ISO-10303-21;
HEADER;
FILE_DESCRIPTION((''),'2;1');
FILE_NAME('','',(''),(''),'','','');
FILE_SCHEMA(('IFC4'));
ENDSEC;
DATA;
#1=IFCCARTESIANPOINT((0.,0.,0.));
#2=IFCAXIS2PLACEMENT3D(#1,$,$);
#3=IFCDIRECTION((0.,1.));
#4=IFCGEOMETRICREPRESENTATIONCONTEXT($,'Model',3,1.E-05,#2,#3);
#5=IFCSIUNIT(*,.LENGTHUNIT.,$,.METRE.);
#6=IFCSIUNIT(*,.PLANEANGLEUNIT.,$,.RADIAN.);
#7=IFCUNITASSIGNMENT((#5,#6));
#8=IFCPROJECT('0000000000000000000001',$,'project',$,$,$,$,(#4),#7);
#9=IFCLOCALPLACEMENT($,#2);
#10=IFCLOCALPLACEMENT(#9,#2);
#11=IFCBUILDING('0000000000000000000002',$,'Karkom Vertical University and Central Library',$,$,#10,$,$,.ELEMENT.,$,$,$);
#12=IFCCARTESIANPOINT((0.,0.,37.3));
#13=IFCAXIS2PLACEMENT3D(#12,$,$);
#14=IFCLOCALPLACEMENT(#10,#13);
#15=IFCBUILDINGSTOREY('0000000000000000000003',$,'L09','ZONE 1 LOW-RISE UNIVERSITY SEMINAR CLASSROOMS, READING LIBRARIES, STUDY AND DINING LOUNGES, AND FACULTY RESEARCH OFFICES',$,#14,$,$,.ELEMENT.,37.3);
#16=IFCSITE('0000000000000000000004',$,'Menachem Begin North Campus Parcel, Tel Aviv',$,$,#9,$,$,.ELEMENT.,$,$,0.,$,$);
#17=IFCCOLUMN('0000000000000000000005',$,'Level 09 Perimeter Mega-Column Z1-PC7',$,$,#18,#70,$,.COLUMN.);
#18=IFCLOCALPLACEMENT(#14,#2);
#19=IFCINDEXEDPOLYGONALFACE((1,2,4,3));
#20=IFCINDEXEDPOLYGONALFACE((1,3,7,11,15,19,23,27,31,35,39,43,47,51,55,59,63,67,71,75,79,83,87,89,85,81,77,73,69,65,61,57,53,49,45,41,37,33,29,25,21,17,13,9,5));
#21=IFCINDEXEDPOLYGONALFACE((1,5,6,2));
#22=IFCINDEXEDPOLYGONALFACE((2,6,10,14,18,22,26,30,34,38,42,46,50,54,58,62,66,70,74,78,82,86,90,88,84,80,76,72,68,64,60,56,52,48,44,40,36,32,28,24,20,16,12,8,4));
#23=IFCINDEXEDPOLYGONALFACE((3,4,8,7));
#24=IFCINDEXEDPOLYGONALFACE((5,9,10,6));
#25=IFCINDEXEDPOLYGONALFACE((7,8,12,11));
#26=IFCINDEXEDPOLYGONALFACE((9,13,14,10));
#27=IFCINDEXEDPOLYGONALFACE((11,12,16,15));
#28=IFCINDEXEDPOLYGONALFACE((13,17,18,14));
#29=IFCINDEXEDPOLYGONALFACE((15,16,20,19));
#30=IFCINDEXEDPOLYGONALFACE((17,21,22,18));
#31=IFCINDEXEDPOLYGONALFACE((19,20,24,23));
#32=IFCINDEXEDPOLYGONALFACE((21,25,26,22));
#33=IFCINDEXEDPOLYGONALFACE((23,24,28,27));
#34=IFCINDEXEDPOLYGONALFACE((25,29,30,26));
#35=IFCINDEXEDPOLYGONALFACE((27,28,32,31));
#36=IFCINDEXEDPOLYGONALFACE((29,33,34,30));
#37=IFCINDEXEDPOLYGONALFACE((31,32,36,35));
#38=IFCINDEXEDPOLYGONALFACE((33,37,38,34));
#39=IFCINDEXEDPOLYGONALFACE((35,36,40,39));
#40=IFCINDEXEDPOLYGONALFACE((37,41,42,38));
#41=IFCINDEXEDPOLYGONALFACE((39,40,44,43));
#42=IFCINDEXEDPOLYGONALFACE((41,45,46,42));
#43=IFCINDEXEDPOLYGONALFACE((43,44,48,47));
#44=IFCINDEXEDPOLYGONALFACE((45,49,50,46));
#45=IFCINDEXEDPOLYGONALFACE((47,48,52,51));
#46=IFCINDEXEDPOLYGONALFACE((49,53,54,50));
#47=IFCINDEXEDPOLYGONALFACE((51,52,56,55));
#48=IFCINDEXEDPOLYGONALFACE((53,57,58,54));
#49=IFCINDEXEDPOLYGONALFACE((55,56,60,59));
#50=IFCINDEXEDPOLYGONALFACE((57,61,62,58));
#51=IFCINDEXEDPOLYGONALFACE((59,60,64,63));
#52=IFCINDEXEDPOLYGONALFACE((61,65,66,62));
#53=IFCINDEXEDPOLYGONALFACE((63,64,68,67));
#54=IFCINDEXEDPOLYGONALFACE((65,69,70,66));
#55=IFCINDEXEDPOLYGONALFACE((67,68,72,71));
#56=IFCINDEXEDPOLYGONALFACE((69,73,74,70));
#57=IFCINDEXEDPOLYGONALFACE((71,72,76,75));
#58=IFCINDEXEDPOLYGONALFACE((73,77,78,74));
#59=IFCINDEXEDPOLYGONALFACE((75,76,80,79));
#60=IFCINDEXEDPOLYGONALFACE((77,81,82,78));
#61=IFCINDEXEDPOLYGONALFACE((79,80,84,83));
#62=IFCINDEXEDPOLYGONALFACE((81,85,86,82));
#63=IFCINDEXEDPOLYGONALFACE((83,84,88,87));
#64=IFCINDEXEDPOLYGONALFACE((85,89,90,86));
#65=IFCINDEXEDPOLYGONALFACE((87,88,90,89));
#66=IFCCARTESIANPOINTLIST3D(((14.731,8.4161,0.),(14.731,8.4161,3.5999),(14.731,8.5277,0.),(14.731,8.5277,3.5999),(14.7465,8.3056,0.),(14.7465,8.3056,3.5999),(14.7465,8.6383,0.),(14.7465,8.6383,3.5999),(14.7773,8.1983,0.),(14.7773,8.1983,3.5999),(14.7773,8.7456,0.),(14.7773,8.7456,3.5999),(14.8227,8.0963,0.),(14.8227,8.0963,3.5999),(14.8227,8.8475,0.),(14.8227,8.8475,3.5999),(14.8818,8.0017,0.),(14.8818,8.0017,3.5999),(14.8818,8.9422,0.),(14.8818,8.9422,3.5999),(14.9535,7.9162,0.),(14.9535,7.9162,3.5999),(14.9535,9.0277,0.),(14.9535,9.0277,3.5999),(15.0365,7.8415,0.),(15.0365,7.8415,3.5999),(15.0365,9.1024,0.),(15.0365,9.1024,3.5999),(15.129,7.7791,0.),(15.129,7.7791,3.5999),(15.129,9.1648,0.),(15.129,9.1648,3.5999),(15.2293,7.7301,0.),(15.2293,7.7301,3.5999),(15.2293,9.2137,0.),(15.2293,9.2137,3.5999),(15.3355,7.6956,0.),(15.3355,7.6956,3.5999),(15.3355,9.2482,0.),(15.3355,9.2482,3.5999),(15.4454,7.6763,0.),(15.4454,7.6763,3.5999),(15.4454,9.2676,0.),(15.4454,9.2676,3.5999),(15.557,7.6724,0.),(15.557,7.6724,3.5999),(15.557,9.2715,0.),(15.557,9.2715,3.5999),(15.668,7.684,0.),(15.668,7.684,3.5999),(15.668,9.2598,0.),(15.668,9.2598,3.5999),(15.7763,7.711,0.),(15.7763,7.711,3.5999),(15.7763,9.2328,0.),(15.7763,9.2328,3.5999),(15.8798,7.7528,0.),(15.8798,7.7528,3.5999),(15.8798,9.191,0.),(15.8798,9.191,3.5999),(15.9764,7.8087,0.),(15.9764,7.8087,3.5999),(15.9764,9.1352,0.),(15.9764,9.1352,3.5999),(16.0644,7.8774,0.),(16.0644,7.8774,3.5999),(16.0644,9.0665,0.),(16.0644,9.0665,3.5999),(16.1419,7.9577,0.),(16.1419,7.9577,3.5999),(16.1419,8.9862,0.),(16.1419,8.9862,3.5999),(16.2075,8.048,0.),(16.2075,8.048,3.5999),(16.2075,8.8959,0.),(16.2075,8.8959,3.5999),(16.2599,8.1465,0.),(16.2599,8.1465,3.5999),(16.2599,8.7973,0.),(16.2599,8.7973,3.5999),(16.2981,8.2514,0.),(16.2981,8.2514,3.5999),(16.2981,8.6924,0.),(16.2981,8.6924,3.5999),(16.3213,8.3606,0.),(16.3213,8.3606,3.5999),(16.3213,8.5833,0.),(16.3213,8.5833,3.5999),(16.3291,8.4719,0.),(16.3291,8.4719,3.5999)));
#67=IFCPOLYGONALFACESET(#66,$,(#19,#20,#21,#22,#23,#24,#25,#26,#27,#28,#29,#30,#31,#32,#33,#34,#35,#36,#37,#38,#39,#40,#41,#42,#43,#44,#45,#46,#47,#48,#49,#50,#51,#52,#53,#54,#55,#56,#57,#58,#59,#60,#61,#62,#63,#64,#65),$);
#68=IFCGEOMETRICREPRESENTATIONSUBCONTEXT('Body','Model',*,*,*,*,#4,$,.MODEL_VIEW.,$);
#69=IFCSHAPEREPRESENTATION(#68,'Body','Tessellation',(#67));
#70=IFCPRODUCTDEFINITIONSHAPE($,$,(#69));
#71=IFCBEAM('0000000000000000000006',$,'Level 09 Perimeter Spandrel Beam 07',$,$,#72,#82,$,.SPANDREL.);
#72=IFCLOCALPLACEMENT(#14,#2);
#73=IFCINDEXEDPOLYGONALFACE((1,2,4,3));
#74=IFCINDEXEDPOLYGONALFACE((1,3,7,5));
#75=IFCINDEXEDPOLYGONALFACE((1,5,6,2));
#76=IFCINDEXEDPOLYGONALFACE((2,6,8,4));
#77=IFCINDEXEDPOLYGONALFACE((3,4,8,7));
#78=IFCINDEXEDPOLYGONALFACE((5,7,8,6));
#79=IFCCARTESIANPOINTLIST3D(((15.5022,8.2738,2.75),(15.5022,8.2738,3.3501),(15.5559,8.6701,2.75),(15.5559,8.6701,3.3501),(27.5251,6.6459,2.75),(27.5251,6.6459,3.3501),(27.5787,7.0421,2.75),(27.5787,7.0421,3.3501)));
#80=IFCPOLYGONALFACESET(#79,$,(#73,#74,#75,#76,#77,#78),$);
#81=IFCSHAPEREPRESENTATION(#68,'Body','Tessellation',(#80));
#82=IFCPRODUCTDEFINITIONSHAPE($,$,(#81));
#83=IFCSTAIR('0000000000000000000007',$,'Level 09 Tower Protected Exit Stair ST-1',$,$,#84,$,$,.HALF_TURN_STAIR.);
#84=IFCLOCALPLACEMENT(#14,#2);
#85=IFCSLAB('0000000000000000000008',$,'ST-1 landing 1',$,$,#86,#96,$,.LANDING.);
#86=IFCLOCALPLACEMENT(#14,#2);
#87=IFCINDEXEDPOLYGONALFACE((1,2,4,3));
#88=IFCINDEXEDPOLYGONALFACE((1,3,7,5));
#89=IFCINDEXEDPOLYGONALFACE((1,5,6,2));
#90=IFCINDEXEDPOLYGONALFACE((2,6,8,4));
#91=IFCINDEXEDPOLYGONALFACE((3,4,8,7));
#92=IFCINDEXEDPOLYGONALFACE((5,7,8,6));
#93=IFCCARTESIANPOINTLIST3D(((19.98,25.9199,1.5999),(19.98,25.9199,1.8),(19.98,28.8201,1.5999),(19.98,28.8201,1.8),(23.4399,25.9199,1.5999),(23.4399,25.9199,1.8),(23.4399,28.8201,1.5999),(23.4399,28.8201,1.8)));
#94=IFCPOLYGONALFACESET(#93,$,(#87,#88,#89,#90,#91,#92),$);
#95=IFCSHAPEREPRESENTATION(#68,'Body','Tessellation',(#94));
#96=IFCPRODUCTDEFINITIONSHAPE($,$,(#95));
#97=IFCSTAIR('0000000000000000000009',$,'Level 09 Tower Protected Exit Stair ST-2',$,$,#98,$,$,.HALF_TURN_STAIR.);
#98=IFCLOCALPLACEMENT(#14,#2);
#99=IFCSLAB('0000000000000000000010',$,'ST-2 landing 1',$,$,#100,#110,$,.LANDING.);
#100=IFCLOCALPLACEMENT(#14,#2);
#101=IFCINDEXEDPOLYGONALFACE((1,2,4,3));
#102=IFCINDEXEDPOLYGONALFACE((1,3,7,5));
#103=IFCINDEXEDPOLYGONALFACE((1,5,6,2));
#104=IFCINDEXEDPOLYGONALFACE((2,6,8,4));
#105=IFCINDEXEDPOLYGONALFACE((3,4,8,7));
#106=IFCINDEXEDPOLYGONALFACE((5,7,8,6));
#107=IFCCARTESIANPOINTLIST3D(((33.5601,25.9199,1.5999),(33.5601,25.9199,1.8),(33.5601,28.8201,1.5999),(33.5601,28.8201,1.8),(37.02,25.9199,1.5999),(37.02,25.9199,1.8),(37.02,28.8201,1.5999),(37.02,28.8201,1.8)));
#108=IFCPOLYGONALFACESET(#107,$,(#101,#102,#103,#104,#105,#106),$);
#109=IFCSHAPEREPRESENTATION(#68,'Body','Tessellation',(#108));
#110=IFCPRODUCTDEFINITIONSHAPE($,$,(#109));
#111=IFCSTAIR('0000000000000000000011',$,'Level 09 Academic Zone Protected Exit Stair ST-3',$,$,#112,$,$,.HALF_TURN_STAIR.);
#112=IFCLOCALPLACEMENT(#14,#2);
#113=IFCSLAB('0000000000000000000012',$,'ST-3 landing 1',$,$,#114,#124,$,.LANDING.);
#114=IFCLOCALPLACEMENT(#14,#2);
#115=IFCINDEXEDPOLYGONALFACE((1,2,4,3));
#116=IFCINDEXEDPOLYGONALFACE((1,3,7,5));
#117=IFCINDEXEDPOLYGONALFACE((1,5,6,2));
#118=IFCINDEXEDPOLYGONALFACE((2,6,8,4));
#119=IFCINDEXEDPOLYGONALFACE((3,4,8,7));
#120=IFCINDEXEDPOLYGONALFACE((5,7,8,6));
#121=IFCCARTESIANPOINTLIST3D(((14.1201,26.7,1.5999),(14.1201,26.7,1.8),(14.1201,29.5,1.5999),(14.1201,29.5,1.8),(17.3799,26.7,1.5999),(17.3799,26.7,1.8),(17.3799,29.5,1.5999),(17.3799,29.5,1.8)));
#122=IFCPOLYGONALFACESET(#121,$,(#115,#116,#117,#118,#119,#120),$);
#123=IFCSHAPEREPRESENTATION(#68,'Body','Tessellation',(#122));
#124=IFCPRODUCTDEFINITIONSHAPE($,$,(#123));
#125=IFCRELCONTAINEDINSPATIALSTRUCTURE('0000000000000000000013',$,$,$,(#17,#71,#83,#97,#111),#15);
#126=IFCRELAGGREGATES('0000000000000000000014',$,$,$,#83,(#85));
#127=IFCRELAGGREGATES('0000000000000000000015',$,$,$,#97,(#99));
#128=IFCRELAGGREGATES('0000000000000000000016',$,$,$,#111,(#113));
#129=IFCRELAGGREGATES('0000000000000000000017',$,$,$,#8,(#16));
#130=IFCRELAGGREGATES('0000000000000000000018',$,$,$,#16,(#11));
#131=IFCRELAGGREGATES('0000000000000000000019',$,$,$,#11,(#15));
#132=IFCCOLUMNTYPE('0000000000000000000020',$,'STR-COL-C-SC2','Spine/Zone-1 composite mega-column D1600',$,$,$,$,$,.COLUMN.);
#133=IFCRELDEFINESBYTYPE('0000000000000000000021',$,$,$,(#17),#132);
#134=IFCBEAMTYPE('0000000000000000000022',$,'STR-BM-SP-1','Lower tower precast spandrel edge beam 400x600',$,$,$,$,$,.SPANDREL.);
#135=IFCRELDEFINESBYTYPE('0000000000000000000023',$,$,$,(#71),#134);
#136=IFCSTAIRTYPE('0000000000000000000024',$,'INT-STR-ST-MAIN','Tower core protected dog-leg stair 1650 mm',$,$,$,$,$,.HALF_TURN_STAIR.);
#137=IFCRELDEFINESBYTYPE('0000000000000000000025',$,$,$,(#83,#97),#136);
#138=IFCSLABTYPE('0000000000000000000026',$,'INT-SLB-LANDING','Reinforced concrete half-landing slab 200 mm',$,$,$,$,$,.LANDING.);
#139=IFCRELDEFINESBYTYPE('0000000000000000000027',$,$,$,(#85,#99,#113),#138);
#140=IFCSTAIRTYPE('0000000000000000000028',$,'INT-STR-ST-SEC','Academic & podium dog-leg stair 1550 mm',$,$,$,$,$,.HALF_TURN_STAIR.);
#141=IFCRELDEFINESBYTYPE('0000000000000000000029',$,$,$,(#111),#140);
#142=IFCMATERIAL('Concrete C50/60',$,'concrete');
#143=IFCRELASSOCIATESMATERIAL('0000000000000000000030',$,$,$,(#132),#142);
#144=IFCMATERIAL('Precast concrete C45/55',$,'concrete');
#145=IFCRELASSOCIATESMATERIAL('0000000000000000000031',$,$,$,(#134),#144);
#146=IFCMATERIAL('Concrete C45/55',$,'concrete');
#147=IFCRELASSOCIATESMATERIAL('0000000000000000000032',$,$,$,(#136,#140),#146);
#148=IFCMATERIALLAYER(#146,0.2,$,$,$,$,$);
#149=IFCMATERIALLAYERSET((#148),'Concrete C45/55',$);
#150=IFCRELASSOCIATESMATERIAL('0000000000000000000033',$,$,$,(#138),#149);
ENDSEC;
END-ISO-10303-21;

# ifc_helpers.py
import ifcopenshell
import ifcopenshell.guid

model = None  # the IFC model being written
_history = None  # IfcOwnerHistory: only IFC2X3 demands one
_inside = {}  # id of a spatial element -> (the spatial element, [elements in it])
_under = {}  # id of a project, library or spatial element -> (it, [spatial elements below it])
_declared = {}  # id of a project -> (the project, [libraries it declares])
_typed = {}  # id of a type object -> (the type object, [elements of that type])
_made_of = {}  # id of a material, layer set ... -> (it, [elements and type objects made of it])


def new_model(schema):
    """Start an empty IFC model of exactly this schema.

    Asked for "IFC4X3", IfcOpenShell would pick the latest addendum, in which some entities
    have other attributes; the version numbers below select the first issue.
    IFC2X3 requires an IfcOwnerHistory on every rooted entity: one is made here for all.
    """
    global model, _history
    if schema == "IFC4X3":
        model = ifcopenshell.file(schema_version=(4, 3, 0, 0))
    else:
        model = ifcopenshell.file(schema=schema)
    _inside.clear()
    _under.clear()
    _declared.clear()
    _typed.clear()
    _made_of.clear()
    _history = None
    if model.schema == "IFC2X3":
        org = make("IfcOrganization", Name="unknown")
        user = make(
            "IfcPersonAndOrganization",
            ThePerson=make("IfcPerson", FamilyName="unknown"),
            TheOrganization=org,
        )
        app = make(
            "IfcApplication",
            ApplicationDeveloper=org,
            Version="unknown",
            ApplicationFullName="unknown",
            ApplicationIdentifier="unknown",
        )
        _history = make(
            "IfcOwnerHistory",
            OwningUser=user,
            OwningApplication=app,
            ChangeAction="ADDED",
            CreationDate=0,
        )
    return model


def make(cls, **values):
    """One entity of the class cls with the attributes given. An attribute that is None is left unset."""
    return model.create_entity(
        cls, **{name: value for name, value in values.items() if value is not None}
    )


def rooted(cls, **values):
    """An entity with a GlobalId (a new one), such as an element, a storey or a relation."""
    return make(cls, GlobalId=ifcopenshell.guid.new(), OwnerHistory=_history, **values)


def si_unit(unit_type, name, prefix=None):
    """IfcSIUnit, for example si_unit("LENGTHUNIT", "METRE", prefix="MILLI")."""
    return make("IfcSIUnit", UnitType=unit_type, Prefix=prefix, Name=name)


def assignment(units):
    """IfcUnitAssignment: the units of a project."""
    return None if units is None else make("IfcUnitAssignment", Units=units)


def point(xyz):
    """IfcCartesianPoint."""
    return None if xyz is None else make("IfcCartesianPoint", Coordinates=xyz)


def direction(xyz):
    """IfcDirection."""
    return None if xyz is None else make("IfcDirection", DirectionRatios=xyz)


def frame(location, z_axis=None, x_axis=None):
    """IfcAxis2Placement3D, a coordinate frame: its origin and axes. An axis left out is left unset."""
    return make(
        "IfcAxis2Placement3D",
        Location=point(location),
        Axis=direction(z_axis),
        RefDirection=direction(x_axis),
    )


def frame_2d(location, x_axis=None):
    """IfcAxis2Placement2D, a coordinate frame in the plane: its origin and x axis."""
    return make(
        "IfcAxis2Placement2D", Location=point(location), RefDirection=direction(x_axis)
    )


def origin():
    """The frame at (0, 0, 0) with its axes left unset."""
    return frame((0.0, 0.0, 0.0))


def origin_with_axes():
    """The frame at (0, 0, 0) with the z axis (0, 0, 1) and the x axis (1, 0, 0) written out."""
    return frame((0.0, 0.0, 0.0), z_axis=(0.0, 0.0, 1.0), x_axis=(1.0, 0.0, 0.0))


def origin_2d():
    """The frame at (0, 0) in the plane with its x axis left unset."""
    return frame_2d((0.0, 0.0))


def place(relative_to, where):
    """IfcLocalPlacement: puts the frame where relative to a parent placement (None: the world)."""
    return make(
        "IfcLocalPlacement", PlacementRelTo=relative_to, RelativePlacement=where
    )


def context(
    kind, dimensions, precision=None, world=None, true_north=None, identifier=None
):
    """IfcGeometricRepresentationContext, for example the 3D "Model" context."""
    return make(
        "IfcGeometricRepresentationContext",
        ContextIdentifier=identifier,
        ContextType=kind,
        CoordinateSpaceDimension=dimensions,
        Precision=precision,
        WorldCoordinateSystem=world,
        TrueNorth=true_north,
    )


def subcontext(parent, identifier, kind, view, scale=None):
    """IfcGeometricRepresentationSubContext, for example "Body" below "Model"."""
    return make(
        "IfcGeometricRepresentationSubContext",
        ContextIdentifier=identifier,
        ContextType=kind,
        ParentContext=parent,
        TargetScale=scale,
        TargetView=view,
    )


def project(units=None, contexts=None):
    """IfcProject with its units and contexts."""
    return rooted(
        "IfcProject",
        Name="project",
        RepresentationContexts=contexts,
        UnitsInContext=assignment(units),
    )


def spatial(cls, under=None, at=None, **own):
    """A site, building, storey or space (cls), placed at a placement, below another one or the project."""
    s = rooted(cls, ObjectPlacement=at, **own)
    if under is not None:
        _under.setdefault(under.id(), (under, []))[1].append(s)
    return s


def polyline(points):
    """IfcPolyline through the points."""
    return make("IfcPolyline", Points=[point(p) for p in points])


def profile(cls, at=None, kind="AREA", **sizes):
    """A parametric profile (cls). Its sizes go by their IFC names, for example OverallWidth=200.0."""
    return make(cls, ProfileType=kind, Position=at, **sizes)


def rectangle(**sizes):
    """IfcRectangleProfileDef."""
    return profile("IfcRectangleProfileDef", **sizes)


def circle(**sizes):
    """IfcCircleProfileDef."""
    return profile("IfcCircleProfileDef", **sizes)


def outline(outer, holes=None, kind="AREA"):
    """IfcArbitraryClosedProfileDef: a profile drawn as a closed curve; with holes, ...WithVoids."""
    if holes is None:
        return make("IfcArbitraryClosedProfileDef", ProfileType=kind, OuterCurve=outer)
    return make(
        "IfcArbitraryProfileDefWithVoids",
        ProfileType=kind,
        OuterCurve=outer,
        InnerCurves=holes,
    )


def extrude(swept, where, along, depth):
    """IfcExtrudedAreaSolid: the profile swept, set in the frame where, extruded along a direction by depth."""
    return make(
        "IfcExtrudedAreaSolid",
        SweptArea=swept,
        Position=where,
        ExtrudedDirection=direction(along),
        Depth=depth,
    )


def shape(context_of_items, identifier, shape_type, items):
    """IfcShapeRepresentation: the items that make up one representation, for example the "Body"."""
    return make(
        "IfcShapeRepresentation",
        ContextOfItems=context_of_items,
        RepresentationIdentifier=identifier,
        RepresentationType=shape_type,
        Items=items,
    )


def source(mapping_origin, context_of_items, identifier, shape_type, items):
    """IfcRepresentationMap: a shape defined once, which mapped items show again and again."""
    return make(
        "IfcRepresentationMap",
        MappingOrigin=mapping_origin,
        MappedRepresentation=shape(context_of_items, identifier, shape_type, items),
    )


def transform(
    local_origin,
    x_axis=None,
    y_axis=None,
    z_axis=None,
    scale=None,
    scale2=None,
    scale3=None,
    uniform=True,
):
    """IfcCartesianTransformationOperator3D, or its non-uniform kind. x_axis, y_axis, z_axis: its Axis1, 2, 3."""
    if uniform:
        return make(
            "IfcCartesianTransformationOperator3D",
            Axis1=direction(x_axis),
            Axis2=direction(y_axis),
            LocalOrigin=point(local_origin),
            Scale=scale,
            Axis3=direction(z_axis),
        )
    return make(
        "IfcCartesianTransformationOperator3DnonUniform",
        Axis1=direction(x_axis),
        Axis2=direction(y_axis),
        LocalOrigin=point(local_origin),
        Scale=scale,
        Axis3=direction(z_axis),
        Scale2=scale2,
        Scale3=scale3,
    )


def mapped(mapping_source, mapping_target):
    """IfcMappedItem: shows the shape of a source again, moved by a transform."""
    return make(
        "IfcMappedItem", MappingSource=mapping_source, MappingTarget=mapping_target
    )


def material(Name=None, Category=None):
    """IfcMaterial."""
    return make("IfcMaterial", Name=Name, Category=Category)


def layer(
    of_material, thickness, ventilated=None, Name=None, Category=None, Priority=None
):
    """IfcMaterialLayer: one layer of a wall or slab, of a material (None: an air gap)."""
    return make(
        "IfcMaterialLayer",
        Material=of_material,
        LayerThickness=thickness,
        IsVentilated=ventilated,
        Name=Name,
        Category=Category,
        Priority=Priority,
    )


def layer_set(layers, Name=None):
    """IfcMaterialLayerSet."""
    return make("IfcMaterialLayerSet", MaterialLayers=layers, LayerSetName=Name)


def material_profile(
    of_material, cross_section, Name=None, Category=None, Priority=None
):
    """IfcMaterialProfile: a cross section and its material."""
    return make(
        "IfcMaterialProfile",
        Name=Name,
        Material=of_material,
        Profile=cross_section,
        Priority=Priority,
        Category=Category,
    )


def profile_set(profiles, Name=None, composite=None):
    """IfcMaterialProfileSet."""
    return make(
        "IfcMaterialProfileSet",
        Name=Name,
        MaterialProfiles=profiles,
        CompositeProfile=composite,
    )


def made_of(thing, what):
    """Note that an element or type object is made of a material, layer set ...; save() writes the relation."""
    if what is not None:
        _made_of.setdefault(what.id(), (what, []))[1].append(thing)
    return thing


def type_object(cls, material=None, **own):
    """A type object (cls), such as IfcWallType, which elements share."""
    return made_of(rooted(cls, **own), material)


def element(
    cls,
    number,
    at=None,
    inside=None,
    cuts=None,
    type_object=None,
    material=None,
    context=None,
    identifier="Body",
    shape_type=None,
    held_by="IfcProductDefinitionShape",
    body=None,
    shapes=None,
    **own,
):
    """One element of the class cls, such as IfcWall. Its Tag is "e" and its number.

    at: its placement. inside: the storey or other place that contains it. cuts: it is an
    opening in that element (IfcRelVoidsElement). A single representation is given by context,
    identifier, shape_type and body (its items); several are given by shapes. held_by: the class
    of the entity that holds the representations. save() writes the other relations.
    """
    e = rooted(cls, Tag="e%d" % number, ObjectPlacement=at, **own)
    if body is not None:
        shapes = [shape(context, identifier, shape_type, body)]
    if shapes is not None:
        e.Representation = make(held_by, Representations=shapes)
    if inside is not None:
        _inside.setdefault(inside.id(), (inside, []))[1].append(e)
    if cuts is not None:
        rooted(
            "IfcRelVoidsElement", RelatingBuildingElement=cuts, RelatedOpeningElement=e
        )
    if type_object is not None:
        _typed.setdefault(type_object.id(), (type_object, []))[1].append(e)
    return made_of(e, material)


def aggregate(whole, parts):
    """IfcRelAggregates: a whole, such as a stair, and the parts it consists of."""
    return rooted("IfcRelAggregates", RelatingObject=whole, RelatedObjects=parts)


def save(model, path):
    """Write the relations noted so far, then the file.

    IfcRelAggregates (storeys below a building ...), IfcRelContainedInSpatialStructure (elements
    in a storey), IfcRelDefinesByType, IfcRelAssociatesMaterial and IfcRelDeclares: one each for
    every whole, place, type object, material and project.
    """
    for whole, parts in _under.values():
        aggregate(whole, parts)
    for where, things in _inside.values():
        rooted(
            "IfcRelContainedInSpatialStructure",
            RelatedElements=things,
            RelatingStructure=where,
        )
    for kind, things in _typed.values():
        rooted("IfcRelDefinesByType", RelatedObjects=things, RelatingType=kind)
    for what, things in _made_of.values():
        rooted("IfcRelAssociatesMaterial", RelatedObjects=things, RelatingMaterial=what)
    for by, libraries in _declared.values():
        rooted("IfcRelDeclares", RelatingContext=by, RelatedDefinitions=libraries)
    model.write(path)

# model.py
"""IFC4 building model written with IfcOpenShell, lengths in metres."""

from ifc_helpers import new_model, si_unit, direction, frame, origin, origin_with_axes, origin_2d, place, context, subcontext, project, spatial, polyline, rectangle, circle, outline, extrude, source, transform, mapped, material, layer, layer_set, material_profile, profile_set, type_object, element, aggregate, save


model = new_model("IFC4")

# Units and contexts
model_context = context("Model", 3, precision=1e-05, world=origin(), true_north=direction((0.0, 1.0)))
body_context = subcontext(model_context, "Body", "Model", "MODEL_VIEW")
ifc_project = project(units=[si_unit("LENGTHUNIT", "METRE"), si_unit("PLANEANGLEUNIT", "RADIAN")], contexts=[model_context])

# Site, building, storey
site_placement = place(None, origin())
site = spatial("IfcSite", under=ifc_project, at=site_placement, Name="Menachem Begin North Campus Parcel, Tel Aviv", CompositionType="ELEMENT", RefElevation=0.0)
building_placement = place(site_placement, origin())
building = spatial("IfcBuilding", under=site, at=building_placement, Name="Karkom Vertical University and Central Library", CompositionType="ELEMENT")
storey_placement = place(building_placement, frame((0.0, 0.0, 37.3)))
storey = spatial("IfcBuildingStorey", under=building, at=storey_placement, Name="L09", Description="ZONE 1 LOW-RISE UNIVERSITY SEMINAR CLASSROOMS, READING LIBRARIES, STUDY AND DINING LOUNGES, AND FACULTY RESEARCH OFFICES", CompositionType="ELEMENT", Elevation=37.3)

# Column
ifc_material_1 = material(Name="Concrete C50/60", Category="concrete")
ifc_material_profile_1 = material_profile(ifc_material_1, circle(Radius=0.8, at=origin_2d()), Name="CFT-D1600")
ifc_profile_set_1 = profile_set([ifc_material_profile_1], Name="Concrete C50/60")
column_type = type_object("IfcColumnType", Name="STR-COL-C-SC2", Description="Spine/Zone-1 composite mega-column D1600", PredefinedType="COLUMN", material=ifc_profile_set_1)
shared_shape_1 = source(origin_with_axes(), body_context, "Body", "SweptSolid", [
    extrude(circle(Radius=0.8, at=origin_2d()), origin(), (0.0, 0.0, 1.0), 3.5999),
])
column_placement = place(storey_placement, frame((15.5291, 8.4719, 0.0), z_axis=(0.0, 0.0, 1.0), x_axis=(1.0, 0.0, 0.0)))
element("IfcColumn", 1, at=column_placement, inside=storey, type_object=column_type, Name="Level 09 Perimeter Mega-Column Z1-PC7", PredefinedType="COLUMN", context=body_context, shape_type="MappedRepresentation", body=[
    mapped(shared_shape_1, transform((0.0, 0.0, 0.0), scale=1.0)),
])

# Beam
ifc_material_2 = material(Name="Precast concrete C45/55", Category="concrete")
ifc_material_profile_2 = material_profile(ifc_material_2, rectangle(XDim=0.3999, YDim=0.6001, at=origin_2d()), Name="SPB-400x600")
ifc_profile_set_2 = profile_set([ifc_material_profile_2], Name="Precast concrete C45/55")
beam_type = type_object("IfcBeamType", Name="STR-BM-SP-1", Description="Lower tower precast spandrel edge beam 400x600", PredefinedType="SPANDREL", material=ifc_profile_set_2)
shared_shape_2 = source(origin_with_axes(), body_context, "Body", "SweptSolid", [
    extrude(rectangle(XDim=0.3999, YDim=0.6001, at=origin_2d()), origin(), (0.0, 0.0, 1.0), 12.1326),
])
beam_placement = place(storey_placement, frame((15.5291, 8.4719, 3.05), z_axis=(0.990957, -0.134177, 0.0), x_axis=(0.134177, 0.990957, 0.0)))
element("IfcBeam", 2, at=beam_placement, inside=storey, type_object=beam_type, Name="Level 09 Perimeter Spandrel Beam 07", PredefinedType="SPANDREL", context=body_context, shape_type="MappedRepresentation", body=[
    mapped(shared_shape_2, transform((0.0, 0.0, 0.0), scale=1.0)),
])

# Stairs, slabs
ifc_material_3 = material(Name="Concrete C45/55", Category="concrete")
stair_type_1 = type_object("IfcStairType", Name="INT-STR-ST-MAIN", Description="Tower core protected dog-leg stair 1650 mm", PredefinedType="HALF_TURN_STAIR", material=ifc_material_3)
stair_1_placement = place(storey_placement, origin())
stair_1 = element("IfcStair", 3, at=stair_1_placement, inside=storey, type_object=stair_type_1, Name="Level 09 Tower Protected Exit Stair ST-1", PredefinedType="HALF_TURN_STAIR")
ifc_layer_1 = layer(ifc_material_3, 0.2)
ifc_layer_set_1 = layer_set([ifc_layer_1], Name="Concrete C45/55")
slab_type_1 = type_object("IfcSlabType", Name="INT-SLB-LANDING", Description="Reinforced concrete half-landing slab 200 mm", PredefinedType="LANDING", material=ifc_layer_set_1)
slab_1_placement = place(storey_placement, frame((0.0, 0.0, 1.5999)))
slab_1 = element("IfcSlab", 4, at=slab_1_placement, type_object=slab_type_1, Name="ST-1 landing 1", PredefinedType="LANDING", context=body_context, shape_type="SweptSolid", body=[
    extrude(outline(polyline([(23.4399, 25.9199), (23.4399, 28.8201), (19.98, 28.8201), (19.98, 25.9199), (23.4399, 25.9199)])), origin(), (0.0, 0.0, 1.0), 0.2002),
])
aggregate(stair_1, [slab_1])
stair_2_placement = place(storey_placement, origin())
stair_2 = element("IfcStair", 5, at=stair_2_placement, inside=storey, type_object=stair_type_1, Name="Level 09 Tower Protected Exit Stair ST-2", PredefinedType="HALF_TURN_STAIR")
slab_2_placement = place(storey_placement, frame((0.0, 0.0, 1.5999)))
slab_2 = element("IfcSlab", 6, at=slab_2_placement, type_object=slab_type_1, Name="ST-2 landing 1", PredefinedType="LANDING", context=body_context, shape_type="SweptSolid", body=[
    extrude(outline(polyline([(37.02, 25.9199), (37.02, 28.8201), (33.5601, 28.8201), (33.5601, 25.9199), (37.02, 25.9199)])), origin(), (0.0, 0.0, 1.0), 0.2002),
])
aggregate(stair_2, [slab_2])
stair_type_2 = type_object("IfcStairType", Name="INT-STR-ST-SEC", Description="Academic & podium dog-leg stair 1550 mm", PredefinedType="HALF_TURN_STAIR", material=ifc_material_3)
stair_3_placement = place(storey_placement, origin())
stair_3 = element("IfcStair", 7, at=stair_3_placement, inside=storey, type_object=stair_type_2, Name="Level 09 Academic Zone Protected Exit Stair ST-3", PredefinedType="HALF_TURN_STAIR")
slab_3_placement = place(storey_placement, frame((0.0, 0.0, 1.5999)))
slab_3 = element("IfcSlab", 8, at=slab_3_placement, type_object=slab_type_1, Name="ST-3 landing 1", PredefinedType="LANDING", context=body_context, shape_type="SweptSolid", body=[
    extrude(outline(polyline([(17.3799, 26.7), (17.3799, 29.5), (14.1201, 29.5), (14.1201, 26.7), (17.3799, 26.7)])), origin(), (0.0, 0.0, 1.0), 0.2002),
])
aggregate(stair_3, [slab_3])

save(model, "model.ifc")
